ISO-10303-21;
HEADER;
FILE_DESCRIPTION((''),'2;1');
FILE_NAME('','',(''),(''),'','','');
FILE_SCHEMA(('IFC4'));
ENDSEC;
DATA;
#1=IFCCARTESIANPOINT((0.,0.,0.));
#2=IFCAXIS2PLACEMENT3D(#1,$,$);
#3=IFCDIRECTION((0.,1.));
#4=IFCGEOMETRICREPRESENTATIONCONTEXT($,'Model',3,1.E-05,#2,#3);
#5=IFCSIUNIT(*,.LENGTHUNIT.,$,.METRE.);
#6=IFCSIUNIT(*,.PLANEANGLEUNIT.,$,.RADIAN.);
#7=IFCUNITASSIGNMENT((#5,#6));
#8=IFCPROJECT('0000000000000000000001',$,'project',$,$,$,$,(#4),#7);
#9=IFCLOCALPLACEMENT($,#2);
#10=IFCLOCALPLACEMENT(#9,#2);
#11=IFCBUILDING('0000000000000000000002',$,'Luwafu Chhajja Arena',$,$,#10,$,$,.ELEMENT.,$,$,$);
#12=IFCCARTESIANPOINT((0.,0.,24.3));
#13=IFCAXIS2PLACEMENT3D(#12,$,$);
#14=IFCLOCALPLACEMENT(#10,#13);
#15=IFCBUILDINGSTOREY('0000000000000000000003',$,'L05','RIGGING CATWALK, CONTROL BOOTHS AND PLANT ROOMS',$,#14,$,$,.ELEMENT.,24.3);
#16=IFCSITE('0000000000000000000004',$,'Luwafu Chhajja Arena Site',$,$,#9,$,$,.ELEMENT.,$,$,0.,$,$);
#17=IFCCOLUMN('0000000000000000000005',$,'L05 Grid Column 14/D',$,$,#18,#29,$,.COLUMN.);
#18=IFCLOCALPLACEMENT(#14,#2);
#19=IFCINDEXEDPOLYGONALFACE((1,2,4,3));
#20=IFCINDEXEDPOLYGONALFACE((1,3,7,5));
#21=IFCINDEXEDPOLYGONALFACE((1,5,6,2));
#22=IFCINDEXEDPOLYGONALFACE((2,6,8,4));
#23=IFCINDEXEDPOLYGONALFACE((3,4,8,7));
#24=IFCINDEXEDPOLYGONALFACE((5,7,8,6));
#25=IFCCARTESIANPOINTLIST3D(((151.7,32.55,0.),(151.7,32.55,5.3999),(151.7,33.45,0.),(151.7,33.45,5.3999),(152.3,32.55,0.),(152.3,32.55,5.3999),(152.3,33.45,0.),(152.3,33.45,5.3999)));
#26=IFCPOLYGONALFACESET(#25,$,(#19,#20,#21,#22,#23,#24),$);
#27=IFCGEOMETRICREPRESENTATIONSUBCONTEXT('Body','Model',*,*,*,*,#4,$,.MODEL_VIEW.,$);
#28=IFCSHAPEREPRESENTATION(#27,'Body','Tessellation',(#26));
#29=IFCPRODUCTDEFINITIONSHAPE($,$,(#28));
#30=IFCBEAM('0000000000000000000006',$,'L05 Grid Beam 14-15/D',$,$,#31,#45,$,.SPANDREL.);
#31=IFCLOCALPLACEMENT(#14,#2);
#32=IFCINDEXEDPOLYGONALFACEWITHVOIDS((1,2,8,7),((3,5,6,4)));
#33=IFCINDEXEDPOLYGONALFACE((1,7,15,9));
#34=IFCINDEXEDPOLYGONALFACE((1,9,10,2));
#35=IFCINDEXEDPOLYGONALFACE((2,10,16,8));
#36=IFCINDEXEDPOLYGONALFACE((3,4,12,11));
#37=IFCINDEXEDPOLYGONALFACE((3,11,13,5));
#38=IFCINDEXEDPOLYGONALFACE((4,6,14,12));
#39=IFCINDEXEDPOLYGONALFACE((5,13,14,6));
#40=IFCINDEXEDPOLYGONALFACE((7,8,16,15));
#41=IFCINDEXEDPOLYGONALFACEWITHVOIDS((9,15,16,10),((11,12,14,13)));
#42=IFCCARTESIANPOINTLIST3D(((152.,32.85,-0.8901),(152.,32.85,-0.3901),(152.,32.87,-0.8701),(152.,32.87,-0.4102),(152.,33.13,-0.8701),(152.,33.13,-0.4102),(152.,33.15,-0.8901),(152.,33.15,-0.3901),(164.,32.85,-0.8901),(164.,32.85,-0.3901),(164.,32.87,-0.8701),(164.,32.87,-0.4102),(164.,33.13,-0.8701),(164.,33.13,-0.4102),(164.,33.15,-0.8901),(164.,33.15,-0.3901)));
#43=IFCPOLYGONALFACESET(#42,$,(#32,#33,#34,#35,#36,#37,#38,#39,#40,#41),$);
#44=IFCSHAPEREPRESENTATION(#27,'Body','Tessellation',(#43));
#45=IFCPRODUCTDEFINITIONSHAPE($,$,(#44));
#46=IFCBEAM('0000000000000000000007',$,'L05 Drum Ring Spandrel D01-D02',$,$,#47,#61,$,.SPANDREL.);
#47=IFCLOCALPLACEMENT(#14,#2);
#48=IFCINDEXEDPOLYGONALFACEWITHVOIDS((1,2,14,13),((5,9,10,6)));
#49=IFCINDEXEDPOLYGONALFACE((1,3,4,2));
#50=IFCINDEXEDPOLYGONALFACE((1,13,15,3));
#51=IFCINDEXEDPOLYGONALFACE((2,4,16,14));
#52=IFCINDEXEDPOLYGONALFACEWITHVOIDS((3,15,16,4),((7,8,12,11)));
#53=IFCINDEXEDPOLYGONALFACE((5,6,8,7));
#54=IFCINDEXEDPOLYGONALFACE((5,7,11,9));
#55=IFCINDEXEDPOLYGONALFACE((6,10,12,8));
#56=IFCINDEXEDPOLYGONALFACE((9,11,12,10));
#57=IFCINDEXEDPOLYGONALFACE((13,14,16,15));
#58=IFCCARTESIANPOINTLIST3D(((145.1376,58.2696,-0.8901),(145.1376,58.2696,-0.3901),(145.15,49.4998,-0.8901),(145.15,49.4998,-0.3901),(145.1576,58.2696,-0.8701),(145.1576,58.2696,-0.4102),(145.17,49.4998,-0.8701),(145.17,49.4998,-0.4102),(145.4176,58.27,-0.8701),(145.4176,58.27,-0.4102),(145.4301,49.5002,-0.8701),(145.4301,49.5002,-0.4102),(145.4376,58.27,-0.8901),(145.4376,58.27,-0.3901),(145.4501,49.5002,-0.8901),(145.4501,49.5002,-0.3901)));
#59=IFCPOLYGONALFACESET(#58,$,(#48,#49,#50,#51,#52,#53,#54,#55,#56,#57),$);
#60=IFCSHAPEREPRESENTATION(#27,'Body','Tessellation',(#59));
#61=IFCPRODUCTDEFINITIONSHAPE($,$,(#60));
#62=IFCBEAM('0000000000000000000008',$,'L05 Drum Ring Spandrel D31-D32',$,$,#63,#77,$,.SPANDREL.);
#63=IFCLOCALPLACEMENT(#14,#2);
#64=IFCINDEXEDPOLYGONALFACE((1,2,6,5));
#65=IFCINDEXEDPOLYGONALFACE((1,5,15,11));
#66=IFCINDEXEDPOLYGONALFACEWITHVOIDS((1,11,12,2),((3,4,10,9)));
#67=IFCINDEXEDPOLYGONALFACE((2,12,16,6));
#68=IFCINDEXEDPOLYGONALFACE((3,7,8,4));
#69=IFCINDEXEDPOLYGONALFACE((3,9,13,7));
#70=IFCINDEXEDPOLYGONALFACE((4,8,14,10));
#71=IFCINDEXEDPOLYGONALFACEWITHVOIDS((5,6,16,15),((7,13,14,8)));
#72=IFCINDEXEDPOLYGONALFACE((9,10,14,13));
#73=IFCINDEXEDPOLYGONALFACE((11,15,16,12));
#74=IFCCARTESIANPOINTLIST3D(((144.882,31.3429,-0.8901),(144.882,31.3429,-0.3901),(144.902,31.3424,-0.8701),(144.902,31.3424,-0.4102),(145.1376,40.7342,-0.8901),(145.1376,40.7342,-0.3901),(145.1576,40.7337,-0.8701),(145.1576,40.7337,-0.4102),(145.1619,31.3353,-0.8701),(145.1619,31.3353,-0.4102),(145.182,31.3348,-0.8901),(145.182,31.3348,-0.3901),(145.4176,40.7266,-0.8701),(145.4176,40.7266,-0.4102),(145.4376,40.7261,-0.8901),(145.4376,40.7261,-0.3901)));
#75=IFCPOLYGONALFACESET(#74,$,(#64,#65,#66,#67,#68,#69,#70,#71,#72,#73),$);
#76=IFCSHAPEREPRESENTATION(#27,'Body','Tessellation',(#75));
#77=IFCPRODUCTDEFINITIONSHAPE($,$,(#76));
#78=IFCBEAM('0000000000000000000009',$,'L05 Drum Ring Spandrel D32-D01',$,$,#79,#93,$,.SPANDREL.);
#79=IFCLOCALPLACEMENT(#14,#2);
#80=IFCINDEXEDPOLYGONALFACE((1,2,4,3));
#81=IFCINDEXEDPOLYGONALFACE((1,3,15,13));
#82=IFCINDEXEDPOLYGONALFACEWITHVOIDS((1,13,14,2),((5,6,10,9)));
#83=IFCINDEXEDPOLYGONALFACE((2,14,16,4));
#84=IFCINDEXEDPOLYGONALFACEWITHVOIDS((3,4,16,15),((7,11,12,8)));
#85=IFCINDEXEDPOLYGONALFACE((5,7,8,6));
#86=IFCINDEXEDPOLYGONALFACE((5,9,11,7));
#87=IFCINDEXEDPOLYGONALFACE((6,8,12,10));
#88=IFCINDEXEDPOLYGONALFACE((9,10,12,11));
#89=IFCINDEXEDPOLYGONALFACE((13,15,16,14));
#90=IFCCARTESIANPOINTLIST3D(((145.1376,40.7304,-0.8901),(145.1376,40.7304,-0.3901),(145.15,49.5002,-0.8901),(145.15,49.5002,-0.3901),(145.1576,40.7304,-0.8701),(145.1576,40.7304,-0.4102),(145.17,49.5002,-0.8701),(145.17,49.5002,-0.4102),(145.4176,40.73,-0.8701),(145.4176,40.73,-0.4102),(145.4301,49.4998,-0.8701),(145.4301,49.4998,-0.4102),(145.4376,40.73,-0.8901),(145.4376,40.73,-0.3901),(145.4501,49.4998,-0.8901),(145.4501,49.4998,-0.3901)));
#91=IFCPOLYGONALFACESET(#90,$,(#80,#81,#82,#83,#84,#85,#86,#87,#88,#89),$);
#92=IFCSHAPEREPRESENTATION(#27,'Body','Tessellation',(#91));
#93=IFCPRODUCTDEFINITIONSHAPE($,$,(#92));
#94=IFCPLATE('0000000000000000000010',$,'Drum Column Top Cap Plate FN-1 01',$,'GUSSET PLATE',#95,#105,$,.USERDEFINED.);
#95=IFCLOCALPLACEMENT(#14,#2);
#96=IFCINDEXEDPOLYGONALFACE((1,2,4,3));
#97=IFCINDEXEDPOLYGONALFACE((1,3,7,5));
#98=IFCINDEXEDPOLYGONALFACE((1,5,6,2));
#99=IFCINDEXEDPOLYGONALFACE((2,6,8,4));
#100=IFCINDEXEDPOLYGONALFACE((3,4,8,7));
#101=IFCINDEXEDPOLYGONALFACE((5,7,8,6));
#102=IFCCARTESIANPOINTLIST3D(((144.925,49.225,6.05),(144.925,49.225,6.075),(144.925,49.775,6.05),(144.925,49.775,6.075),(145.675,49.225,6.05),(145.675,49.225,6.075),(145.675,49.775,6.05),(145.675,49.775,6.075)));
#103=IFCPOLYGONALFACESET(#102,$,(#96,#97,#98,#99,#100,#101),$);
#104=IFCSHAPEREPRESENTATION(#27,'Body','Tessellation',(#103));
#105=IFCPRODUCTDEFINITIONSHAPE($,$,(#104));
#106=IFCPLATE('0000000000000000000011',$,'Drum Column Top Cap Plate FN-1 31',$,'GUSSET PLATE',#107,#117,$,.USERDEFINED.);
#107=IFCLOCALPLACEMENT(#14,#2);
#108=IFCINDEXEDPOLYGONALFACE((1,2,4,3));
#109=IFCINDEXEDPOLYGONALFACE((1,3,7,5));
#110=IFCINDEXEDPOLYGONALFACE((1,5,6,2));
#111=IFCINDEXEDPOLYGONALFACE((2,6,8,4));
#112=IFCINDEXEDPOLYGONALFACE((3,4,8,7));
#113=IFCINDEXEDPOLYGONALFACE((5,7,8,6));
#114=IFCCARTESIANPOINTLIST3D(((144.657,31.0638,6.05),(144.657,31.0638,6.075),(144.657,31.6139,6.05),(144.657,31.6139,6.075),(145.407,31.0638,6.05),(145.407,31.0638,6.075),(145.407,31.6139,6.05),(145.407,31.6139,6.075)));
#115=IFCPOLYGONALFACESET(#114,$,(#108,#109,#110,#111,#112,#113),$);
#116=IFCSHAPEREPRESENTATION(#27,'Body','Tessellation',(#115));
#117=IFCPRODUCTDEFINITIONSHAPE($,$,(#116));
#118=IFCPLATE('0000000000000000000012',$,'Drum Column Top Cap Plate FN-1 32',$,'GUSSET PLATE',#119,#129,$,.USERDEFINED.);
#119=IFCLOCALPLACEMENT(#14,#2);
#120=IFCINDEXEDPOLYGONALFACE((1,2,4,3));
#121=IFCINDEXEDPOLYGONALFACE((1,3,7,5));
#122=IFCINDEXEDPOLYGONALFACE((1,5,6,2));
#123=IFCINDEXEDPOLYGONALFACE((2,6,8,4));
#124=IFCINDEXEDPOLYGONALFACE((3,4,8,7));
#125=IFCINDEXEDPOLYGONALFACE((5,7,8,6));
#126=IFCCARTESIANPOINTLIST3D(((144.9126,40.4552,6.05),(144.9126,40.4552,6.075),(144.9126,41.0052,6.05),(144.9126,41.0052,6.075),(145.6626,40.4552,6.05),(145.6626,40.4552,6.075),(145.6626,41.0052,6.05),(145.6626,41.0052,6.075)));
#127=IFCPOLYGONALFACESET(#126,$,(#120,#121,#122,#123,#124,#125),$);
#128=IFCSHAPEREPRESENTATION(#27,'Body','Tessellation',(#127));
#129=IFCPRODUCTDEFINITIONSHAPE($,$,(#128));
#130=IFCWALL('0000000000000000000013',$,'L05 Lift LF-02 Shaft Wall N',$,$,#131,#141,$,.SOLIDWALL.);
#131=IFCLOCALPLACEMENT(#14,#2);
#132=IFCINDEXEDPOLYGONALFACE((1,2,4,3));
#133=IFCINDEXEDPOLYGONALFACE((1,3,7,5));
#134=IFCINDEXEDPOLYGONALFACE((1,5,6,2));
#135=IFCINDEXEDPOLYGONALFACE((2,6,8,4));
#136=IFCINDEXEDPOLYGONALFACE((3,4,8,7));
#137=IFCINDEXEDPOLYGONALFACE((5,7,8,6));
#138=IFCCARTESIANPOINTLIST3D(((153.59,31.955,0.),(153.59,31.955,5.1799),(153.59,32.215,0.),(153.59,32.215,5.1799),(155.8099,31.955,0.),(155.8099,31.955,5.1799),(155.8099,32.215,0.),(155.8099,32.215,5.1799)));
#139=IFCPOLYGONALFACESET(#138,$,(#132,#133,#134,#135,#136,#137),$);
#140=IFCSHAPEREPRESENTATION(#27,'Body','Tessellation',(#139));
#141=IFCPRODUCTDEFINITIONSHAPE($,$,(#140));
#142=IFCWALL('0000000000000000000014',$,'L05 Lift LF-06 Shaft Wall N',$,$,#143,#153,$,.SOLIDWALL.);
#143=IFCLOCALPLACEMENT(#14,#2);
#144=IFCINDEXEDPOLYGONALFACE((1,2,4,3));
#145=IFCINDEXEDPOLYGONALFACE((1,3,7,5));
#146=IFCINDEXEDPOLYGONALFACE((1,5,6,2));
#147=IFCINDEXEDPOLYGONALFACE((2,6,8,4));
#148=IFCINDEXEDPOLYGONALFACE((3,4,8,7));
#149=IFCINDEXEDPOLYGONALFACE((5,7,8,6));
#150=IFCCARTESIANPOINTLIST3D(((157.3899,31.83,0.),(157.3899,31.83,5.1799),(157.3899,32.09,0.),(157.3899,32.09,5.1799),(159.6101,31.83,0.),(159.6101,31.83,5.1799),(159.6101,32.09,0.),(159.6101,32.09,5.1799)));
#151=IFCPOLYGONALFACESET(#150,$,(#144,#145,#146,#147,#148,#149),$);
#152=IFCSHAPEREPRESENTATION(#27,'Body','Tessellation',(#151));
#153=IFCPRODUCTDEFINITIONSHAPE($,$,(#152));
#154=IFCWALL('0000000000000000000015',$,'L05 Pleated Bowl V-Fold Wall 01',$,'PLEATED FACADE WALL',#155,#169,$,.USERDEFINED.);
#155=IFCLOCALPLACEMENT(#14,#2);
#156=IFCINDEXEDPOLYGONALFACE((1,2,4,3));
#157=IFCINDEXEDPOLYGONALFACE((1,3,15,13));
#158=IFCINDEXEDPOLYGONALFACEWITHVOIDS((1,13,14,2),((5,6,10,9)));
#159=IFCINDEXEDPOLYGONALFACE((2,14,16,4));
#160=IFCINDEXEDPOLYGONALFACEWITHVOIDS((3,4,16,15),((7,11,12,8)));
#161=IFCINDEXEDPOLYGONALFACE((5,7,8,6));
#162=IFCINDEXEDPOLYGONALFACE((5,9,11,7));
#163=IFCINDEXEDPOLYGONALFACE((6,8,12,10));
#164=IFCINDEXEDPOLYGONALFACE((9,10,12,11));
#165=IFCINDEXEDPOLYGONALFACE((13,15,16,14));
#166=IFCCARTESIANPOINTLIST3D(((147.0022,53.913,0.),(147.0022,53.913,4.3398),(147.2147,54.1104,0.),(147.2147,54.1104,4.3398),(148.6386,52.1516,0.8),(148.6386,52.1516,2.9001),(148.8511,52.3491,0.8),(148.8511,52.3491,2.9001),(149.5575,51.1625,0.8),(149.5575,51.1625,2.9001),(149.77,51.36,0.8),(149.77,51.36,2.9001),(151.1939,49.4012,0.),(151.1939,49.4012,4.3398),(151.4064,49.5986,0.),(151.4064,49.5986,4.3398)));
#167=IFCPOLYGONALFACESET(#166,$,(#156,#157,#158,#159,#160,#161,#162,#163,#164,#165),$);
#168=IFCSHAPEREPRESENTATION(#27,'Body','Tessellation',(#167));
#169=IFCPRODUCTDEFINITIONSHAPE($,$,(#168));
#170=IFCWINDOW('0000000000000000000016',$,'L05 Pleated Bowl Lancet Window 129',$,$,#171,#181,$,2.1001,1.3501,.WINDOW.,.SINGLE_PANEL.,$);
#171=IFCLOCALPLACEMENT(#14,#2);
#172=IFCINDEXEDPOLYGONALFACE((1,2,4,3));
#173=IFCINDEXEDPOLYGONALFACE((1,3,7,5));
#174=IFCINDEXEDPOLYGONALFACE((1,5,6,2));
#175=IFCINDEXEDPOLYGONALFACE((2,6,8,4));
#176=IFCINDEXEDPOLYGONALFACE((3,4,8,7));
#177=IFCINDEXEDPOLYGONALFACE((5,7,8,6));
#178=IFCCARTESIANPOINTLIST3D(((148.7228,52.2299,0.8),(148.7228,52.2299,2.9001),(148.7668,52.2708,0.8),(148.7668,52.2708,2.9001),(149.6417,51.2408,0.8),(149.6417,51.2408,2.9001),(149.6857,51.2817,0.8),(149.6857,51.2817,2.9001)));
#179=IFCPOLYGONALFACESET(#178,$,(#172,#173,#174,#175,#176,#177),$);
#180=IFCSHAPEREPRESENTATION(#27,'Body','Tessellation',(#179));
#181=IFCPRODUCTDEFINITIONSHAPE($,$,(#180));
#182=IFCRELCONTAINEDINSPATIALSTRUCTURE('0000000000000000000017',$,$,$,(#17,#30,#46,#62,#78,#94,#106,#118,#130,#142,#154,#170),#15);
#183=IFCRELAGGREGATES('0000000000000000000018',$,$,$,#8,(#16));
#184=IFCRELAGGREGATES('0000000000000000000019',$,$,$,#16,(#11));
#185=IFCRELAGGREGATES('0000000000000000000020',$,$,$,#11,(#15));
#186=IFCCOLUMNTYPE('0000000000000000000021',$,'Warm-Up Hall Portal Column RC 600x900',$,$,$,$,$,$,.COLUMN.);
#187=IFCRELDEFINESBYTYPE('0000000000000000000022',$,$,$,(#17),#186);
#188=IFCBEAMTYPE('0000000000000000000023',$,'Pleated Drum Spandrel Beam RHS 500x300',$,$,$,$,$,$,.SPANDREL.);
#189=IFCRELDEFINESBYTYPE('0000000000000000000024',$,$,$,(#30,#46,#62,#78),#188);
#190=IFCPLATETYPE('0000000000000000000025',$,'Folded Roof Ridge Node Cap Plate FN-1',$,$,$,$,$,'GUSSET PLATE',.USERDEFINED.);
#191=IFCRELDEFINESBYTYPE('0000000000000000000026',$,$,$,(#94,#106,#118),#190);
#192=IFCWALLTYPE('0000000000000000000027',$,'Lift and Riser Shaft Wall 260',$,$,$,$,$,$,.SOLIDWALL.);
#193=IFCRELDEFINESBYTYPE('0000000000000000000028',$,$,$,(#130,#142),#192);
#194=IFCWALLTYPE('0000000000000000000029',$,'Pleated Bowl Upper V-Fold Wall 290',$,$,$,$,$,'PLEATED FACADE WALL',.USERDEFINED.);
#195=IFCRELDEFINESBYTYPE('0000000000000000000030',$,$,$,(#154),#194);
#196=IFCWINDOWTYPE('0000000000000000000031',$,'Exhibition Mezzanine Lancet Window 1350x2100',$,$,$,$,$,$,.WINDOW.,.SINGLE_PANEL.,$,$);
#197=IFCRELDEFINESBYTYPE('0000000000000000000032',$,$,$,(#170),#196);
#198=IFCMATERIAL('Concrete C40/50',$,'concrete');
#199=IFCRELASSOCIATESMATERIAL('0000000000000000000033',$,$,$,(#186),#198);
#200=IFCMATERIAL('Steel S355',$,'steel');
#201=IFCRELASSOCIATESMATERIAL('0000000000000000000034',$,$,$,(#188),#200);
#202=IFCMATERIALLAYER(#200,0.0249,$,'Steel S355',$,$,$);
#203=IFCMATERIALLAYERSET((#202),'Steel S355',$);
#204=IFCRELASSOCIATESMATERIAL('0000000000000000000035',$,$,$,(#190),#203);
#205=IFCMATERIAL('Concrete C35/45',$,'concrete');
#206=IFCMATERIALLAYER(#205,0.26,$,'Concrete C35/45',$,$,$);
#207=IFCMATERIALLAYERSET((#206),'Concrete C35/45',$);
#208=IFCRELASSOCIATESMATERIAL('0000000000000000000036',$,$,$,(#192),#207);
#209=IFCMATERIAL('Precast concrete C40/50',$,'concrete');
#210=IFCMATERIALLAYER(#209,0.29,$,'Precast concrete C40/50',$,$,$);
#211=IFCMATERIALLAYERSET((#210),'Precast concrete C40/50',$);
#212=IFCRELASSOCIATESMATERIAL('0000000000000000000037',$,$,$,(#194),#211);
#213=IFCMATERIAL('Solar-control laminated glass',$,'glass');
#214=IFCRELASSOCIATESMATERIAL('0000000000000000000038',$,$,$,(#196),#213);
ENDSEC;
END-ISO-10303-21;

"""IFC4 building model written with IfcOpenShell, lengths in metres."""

from ifc_helpers import new_model, si_unit, direction, frame, frame_2d, origin, origin_2d, place, context, subcontext, project, spatial, rectangle, hollow_rectangle, extrude, material, layer, layer_set, material_profile, profile_set, type_object, element, fill, save


model = new_model("IFC4")

# Units and contexts
model_context = context("Model", 3, precision=1e-05, world=origin(), true_north=direction((0.0, 1.0)))
body_context = subcontext(model_context, "Body", "Model", "MODEL_VIEW")
ifc_project = project(units=[si_unit("LENGTHUNIT", "METRE"), si_unit("PLANEANGLEUNIT", "RADIAN")], contexts=[model_context])

# Site, building, storey
site_placement = place(None, origin())
site = spatial("IfcSite", under=ifc_project, at=site_placement, Name="Luwafu Chhajja Arena Site", CompositionType="ELEMENT", RefElevation=0.0)
building_placement = place(site_placement, origin())
building = spatial("IfcBuilding", under=site, at=building_placement, Name="Luwafu Chhajja Arena", CompositionType="ELEMENT")
storey_placement = place(building_placement, frame((0.0, 0.0, 24.3)))
storey = spatial("IfcBuildingStorey", under=building, at=storey_placement, Name="L05", Description="RIGGING CATWALK, CONTROL BOOTHS AND PLANT ROOMS", CompositionType="ELEMENT", Elevation=24.3)

# Column
ifc_material_1 = material(Name="Concrete C35/45", Category="concrete")
ifc_material_2 = material(Name="Steel S355", Category="steel")
ifc_material_3 = material(Name="Concrete C40/50", Category="concrete")
ifc_material_profile_1 = material_profile(ifc_material_3, rectangle(XDim=0.6001, YDim=0.8999, at=origin_2d()), Name="RC 600x900")
ifc_profile_set_1 = profile_set([ifc_material_profile_1], Name="Concrete C40/50")
column_type_1 = type_object("IfcColumnType", Name="Warm-Up Hall Portal Column RC 600x900", PredefinedType="COLUMN", material=ifc_profile_set_1)
column_1_placement = place(storey_placement, frame((152.0, 33.0, 0.0), z_axis=(0.0, 0.0, 1.0), x_axis=(1.0, 0.0, 0.0)))
element("IfcColumn", 1, at=column_1_placement, inside=storey, type_object=column_type_1, Name="L05 Grid Column 14/D", PredefinedType="COLUMN", context=body_context, shape_type="SweptSolid", body=[
    extrude(rectangle(XDim=0.6001, YDim=0.8999, at=origin_2d()), origin(), (0.0, 0.0, 1.0), 5.3999),
])

# Beams
ifc_material_profile_2 = material_profile(ifc_material_2, hollow_rectangle(XDim=0.3, YDim=0.5, WallThickness=0.02, at=origin_2d()), Name="RHS 500x300x20")
ifc_profile_set_2 = profile_set([ifc_material_profile_2], Name="Steel S355")
beam_type = type_object("IfcBeamType", Name="Pleated Drum Spandrel Beam RHS 500x300", PredefinedType="SPANDREL", material=ifc_profile_set_2)
beam_1_placement = place(storey_placement, frame((152.0, 33.0, -0.6401), z_axis=(1.0, 0.0, 0.0), x_axis=(0.0, 1.0, 0.0)))
element("IfcBeam", 2, at=beam_1_placement, inside=storey, type_object=beam_type, Name="L05 Grid Beam 14-15/D", PredefinedType="SPANDREL", context=body_context, shape_type="SweptSolid", body=[
    extrude(hollow_rectangle(XDim=0.3, YDim=0.5, WallThickness=0.02, at=origin_2d()), origin(), (0.0, 0.0, 1.0), 12.0),
])
beam_2_placement = place(storey_placement, frame((145.3, 49.5, -0.6401), z_axis=(-0.00142, 0.999999, 0.0), x_axis=(-0.999999, -0.00142, 0.0)))
element("IfcBeam", 3, at=beam_2_placement, inside=storey, type_object=beam_type, Name="L05 Drum Ring Spandrel D01-D02", PredefinedType="SPANDREL", context=body_context, shape_type="SweptSolid", body=[
    extrude(hollow_rectangle(XDim=0.3, YDim=0.5, WallThickness=0.02, at=origin_2d()), origin(), (0.0, 0.0, 1.0), 8.7698),
])
beam_3_placement = place(storey_placement, frame((145.032, 31.3389, -0.6401), z_axis=(0.027208, 0.99963, 0.0), x_axis=(-0.99963, 0.027208, 0.0)))
element("IfcBeam", 4, at=beam_3_placement, inside=storey, type_object=beam_type, Name="L05 Drum Ring Spandrel D31-D32", PredefinedType="SPANDREL", context=body_context, shape_type="SweptSolid", body=[
    extrude(hollow_rectangle(XDim=0.3, YDim=0.5, WallThickness=0.02, at=origin_2d()), origin(), (0.0, 0.0, 1.0), 9.3948),
])
beam_4_placement = place(storey_placement, frame((145.2876, 40.7302, -0.6401), z_axis=(0.00142, 0.999999, 0.0), x_axis=(-0.999999, 0.00142, 0.0)))
element("IfcBeam", 5, at=beam_4_placement, inside=storey, type_object=beam_type, Name="L05 Drum Ring Spandrel D32-D01", PredefinedType="SPANDREL", context=body_context, shape_type="SweptSolid", body=[
    extrude(hollow_rectangle(XDim=0.3, YDim=0.5, WallThickness=0.02, at=origin_2d()), origin(), (0.0, 0.0, 1.0), 8.7698),
])

# Plates
ifc_layer_1 = layer(ifc_material_2, 0.0249, Name="Steel S355")
ifc_layer_set_1 = layer_set([ifc_layer_1], Name="Steel S355")
plate_type = type_object("IfcPlateType", Name="Folded Roof Ridge Node Cap Plate FN-1", ElementType="GUSSET PLATE", PredefinedType="USERDEFINED", material=ifc_layer_set_1)
for number, where, z_axis, x_axis, name in (
    (6, (145.3, 49.5, 6.05), (0.0, 0.0, 1.0), (1.0, 0.0, 0.0), "Drum Column Top Cap Plate FN-1 01"),
    (7, (145.032, 31.3389, 6.05), (0.0, 0.0, 1.0), (1.0, 0.0, 0.0), "Drum Column Top Cap Plate FN-1 31"),
    (8, (145.2876, 40.7302, 6.05), (0.0, 0.0, 1.0), (1.0, 0.0, 0.0), "Drum Column Top Cap Plate FN-1 32"),
):
    element("IfcPlate", number, at=place(storey_placement, frame(where, z_axis=z_axis, x_axis=x_axis)), inside=storey, type_object=plate_type, Name=name, ObjectType="GUSSET PLATE", PredefinedType="USERDEFINED", context=body_context, shape_type="SweptSolid", body=[
        extrude(rectangle(XDim=0.75, YDim=0.55, at=origin_2d()), origin(), (0.0, 0.0, 1.0), 0.0249),
    ])

# Walls
ifc_layer_2 = layer(ifc_material_1, 0.26, Name="Concrete C35/45")
ifc_layer_set_2 = layer_set([ifc_layer_2], Name="Concrete C35/45")
wall_type_1 = type_object("IfcWallType", Name="Lift and Riser Shaft Wall 260", PredefinedType="SOLIDWALL", material=ifc_layer_set_2)
wall_1_placement = place(storey_placement, frame((153.5901, 32.085, 0.0), z_axis=(0.0, 0.0, 1.0), x_axis=(1.0, 0.0, 0.0)))
element("IfcWall", 9, at=wall_1_placement, inside=storey, type_object=wall_type_1, Name="L05 Lift LF-02 Shaft Wall N", PredefinedType="SOLIDWALL", context=body_context, shape_type="SweptSolid", body=[
    extrude(rectangle(XDim=2.22, YDim=0.26, at=frame_2d((1.1099, 0.0))), origin(), (0.0, 0.0, 1.0), 5.1799),
])
wall_2_placement = place(storey_placement, frame((157.3899, 31.96, 0.0), z_axis=(0.0, 0.0, 1.0), x_axis=(1.0, 0.0, 0.0)))
element("IfcWall", 10, at=wall_2_placement, inside=storey, type_object=wall_type_1, Name="L05 Lift LF-06 Shaft Wall N", PredefinedType="SOLIDWALL", context=body_context, shape_type="SweptSolid", body=[
    extrude(rectangle(XDim=2.2202, YDim=0.26, at=frame_2d((1.1101, 0.0))), origin(), (0.0, 0.0, 1.0), 5.1799),
])

# Wall, opening, window
ifc_material_4 = material(Name="Precast concrete C40/50", Category="concrete")
ifc_layer_3 = layer(ifc_material_4, 0.29, Name="Precast concrete C40/50")
ifc_layer_set_3 = layer_set([ifc_layer_3], Name="Precast concrete C40/50")
wall_type_2 = type_object("IfcWallType", Name="Pleated Bowl Upper V-Fold Wall 290", ElementType="PLEATED FACADE WALL", PredefinedType="USERDEFINED", material=ifc_layer_set_3)
wall_3_placement = place(storey_placement, frame((151.3, 49.5, 0.0), z_axis=(0.0, 0.0, 1.0), x_axis=(-0.680643, 0.732616, 0.0)))
wall_3 = element("IfcWall", 11, at=wall_3_placement, inside=storey, type_object=wall_type_2, Name="L05 Pleated Bowl V-Fold Wall 01", ObjectType="PLEATED FACADE WALL", PredefinedType="USERDEFINED", context=body_context, shape_type="SweptSolid", body=[
    extrude(rectangle(XDim=6.1584, YDim=0.29, at=frame_2d((3.0791, 0.0))), origin(), (0.0, 0.0, 1.0), 4.3398),
])
opening_1_placement = place(wall_3_placement, frame((2.4041, 0.0, 0.8)))
opening_1 = element("IfcOpeningElement", 12, at=opening_1_placement, cuts=wall_3, PredefinedType="OPENING", context=body_context, shape_type="SweptSolid", body=[
    extrude(rectangle(XDim=1.3501, YDim=2.1001, at=frame_2d((0.675, 1.05))), frame((0.0, 0.155, 0.0), z_axis=(0.0, -1.0, 0.0), x_axis=(1.0, 0.0, 0.0)), (0.0, 0.0, 1.0), 0.3101),
])
ifc_material_5 = material(Name="Solar-control laminated glass", Category="glass")
window_type_1 = type_object("IfcWindowType", Name="Exhibition Mezzanine Lancet Window 1350x2100", PartitioningType="SINGLE_PANEL", PredefinedType="WINDOW", material=ifc_material_5)
window_1_placement = place(opening_1_placement, origin())
window_1 = element("IfcWindow", 13, at=window_1_placement, inside=storey, type_object=window_type_1, Name="L05 Pleated Bowl Lancet Window 129", OverallHeight=2.1001, OverallWidth=1.3501, PartitioningType="SINGLE_PANEL", PredefinedType="WINDOW", context=body_context, shape_type="SweptSolid", body=[
    extrude(rectangle(XDim=1.3501, YDim=2.1001, at=frame_2d((0.675, 1.05))), frame((0.0, 0.03, 0.0), z_axis=(0.0, -1.0, 0.0), x_axis=(1.0, 0.0, 0.0)), (0.0, 0.0, 1.0), 0.0601),
])
fill(opening_1, window_1)

save(model, "model.ifc")
